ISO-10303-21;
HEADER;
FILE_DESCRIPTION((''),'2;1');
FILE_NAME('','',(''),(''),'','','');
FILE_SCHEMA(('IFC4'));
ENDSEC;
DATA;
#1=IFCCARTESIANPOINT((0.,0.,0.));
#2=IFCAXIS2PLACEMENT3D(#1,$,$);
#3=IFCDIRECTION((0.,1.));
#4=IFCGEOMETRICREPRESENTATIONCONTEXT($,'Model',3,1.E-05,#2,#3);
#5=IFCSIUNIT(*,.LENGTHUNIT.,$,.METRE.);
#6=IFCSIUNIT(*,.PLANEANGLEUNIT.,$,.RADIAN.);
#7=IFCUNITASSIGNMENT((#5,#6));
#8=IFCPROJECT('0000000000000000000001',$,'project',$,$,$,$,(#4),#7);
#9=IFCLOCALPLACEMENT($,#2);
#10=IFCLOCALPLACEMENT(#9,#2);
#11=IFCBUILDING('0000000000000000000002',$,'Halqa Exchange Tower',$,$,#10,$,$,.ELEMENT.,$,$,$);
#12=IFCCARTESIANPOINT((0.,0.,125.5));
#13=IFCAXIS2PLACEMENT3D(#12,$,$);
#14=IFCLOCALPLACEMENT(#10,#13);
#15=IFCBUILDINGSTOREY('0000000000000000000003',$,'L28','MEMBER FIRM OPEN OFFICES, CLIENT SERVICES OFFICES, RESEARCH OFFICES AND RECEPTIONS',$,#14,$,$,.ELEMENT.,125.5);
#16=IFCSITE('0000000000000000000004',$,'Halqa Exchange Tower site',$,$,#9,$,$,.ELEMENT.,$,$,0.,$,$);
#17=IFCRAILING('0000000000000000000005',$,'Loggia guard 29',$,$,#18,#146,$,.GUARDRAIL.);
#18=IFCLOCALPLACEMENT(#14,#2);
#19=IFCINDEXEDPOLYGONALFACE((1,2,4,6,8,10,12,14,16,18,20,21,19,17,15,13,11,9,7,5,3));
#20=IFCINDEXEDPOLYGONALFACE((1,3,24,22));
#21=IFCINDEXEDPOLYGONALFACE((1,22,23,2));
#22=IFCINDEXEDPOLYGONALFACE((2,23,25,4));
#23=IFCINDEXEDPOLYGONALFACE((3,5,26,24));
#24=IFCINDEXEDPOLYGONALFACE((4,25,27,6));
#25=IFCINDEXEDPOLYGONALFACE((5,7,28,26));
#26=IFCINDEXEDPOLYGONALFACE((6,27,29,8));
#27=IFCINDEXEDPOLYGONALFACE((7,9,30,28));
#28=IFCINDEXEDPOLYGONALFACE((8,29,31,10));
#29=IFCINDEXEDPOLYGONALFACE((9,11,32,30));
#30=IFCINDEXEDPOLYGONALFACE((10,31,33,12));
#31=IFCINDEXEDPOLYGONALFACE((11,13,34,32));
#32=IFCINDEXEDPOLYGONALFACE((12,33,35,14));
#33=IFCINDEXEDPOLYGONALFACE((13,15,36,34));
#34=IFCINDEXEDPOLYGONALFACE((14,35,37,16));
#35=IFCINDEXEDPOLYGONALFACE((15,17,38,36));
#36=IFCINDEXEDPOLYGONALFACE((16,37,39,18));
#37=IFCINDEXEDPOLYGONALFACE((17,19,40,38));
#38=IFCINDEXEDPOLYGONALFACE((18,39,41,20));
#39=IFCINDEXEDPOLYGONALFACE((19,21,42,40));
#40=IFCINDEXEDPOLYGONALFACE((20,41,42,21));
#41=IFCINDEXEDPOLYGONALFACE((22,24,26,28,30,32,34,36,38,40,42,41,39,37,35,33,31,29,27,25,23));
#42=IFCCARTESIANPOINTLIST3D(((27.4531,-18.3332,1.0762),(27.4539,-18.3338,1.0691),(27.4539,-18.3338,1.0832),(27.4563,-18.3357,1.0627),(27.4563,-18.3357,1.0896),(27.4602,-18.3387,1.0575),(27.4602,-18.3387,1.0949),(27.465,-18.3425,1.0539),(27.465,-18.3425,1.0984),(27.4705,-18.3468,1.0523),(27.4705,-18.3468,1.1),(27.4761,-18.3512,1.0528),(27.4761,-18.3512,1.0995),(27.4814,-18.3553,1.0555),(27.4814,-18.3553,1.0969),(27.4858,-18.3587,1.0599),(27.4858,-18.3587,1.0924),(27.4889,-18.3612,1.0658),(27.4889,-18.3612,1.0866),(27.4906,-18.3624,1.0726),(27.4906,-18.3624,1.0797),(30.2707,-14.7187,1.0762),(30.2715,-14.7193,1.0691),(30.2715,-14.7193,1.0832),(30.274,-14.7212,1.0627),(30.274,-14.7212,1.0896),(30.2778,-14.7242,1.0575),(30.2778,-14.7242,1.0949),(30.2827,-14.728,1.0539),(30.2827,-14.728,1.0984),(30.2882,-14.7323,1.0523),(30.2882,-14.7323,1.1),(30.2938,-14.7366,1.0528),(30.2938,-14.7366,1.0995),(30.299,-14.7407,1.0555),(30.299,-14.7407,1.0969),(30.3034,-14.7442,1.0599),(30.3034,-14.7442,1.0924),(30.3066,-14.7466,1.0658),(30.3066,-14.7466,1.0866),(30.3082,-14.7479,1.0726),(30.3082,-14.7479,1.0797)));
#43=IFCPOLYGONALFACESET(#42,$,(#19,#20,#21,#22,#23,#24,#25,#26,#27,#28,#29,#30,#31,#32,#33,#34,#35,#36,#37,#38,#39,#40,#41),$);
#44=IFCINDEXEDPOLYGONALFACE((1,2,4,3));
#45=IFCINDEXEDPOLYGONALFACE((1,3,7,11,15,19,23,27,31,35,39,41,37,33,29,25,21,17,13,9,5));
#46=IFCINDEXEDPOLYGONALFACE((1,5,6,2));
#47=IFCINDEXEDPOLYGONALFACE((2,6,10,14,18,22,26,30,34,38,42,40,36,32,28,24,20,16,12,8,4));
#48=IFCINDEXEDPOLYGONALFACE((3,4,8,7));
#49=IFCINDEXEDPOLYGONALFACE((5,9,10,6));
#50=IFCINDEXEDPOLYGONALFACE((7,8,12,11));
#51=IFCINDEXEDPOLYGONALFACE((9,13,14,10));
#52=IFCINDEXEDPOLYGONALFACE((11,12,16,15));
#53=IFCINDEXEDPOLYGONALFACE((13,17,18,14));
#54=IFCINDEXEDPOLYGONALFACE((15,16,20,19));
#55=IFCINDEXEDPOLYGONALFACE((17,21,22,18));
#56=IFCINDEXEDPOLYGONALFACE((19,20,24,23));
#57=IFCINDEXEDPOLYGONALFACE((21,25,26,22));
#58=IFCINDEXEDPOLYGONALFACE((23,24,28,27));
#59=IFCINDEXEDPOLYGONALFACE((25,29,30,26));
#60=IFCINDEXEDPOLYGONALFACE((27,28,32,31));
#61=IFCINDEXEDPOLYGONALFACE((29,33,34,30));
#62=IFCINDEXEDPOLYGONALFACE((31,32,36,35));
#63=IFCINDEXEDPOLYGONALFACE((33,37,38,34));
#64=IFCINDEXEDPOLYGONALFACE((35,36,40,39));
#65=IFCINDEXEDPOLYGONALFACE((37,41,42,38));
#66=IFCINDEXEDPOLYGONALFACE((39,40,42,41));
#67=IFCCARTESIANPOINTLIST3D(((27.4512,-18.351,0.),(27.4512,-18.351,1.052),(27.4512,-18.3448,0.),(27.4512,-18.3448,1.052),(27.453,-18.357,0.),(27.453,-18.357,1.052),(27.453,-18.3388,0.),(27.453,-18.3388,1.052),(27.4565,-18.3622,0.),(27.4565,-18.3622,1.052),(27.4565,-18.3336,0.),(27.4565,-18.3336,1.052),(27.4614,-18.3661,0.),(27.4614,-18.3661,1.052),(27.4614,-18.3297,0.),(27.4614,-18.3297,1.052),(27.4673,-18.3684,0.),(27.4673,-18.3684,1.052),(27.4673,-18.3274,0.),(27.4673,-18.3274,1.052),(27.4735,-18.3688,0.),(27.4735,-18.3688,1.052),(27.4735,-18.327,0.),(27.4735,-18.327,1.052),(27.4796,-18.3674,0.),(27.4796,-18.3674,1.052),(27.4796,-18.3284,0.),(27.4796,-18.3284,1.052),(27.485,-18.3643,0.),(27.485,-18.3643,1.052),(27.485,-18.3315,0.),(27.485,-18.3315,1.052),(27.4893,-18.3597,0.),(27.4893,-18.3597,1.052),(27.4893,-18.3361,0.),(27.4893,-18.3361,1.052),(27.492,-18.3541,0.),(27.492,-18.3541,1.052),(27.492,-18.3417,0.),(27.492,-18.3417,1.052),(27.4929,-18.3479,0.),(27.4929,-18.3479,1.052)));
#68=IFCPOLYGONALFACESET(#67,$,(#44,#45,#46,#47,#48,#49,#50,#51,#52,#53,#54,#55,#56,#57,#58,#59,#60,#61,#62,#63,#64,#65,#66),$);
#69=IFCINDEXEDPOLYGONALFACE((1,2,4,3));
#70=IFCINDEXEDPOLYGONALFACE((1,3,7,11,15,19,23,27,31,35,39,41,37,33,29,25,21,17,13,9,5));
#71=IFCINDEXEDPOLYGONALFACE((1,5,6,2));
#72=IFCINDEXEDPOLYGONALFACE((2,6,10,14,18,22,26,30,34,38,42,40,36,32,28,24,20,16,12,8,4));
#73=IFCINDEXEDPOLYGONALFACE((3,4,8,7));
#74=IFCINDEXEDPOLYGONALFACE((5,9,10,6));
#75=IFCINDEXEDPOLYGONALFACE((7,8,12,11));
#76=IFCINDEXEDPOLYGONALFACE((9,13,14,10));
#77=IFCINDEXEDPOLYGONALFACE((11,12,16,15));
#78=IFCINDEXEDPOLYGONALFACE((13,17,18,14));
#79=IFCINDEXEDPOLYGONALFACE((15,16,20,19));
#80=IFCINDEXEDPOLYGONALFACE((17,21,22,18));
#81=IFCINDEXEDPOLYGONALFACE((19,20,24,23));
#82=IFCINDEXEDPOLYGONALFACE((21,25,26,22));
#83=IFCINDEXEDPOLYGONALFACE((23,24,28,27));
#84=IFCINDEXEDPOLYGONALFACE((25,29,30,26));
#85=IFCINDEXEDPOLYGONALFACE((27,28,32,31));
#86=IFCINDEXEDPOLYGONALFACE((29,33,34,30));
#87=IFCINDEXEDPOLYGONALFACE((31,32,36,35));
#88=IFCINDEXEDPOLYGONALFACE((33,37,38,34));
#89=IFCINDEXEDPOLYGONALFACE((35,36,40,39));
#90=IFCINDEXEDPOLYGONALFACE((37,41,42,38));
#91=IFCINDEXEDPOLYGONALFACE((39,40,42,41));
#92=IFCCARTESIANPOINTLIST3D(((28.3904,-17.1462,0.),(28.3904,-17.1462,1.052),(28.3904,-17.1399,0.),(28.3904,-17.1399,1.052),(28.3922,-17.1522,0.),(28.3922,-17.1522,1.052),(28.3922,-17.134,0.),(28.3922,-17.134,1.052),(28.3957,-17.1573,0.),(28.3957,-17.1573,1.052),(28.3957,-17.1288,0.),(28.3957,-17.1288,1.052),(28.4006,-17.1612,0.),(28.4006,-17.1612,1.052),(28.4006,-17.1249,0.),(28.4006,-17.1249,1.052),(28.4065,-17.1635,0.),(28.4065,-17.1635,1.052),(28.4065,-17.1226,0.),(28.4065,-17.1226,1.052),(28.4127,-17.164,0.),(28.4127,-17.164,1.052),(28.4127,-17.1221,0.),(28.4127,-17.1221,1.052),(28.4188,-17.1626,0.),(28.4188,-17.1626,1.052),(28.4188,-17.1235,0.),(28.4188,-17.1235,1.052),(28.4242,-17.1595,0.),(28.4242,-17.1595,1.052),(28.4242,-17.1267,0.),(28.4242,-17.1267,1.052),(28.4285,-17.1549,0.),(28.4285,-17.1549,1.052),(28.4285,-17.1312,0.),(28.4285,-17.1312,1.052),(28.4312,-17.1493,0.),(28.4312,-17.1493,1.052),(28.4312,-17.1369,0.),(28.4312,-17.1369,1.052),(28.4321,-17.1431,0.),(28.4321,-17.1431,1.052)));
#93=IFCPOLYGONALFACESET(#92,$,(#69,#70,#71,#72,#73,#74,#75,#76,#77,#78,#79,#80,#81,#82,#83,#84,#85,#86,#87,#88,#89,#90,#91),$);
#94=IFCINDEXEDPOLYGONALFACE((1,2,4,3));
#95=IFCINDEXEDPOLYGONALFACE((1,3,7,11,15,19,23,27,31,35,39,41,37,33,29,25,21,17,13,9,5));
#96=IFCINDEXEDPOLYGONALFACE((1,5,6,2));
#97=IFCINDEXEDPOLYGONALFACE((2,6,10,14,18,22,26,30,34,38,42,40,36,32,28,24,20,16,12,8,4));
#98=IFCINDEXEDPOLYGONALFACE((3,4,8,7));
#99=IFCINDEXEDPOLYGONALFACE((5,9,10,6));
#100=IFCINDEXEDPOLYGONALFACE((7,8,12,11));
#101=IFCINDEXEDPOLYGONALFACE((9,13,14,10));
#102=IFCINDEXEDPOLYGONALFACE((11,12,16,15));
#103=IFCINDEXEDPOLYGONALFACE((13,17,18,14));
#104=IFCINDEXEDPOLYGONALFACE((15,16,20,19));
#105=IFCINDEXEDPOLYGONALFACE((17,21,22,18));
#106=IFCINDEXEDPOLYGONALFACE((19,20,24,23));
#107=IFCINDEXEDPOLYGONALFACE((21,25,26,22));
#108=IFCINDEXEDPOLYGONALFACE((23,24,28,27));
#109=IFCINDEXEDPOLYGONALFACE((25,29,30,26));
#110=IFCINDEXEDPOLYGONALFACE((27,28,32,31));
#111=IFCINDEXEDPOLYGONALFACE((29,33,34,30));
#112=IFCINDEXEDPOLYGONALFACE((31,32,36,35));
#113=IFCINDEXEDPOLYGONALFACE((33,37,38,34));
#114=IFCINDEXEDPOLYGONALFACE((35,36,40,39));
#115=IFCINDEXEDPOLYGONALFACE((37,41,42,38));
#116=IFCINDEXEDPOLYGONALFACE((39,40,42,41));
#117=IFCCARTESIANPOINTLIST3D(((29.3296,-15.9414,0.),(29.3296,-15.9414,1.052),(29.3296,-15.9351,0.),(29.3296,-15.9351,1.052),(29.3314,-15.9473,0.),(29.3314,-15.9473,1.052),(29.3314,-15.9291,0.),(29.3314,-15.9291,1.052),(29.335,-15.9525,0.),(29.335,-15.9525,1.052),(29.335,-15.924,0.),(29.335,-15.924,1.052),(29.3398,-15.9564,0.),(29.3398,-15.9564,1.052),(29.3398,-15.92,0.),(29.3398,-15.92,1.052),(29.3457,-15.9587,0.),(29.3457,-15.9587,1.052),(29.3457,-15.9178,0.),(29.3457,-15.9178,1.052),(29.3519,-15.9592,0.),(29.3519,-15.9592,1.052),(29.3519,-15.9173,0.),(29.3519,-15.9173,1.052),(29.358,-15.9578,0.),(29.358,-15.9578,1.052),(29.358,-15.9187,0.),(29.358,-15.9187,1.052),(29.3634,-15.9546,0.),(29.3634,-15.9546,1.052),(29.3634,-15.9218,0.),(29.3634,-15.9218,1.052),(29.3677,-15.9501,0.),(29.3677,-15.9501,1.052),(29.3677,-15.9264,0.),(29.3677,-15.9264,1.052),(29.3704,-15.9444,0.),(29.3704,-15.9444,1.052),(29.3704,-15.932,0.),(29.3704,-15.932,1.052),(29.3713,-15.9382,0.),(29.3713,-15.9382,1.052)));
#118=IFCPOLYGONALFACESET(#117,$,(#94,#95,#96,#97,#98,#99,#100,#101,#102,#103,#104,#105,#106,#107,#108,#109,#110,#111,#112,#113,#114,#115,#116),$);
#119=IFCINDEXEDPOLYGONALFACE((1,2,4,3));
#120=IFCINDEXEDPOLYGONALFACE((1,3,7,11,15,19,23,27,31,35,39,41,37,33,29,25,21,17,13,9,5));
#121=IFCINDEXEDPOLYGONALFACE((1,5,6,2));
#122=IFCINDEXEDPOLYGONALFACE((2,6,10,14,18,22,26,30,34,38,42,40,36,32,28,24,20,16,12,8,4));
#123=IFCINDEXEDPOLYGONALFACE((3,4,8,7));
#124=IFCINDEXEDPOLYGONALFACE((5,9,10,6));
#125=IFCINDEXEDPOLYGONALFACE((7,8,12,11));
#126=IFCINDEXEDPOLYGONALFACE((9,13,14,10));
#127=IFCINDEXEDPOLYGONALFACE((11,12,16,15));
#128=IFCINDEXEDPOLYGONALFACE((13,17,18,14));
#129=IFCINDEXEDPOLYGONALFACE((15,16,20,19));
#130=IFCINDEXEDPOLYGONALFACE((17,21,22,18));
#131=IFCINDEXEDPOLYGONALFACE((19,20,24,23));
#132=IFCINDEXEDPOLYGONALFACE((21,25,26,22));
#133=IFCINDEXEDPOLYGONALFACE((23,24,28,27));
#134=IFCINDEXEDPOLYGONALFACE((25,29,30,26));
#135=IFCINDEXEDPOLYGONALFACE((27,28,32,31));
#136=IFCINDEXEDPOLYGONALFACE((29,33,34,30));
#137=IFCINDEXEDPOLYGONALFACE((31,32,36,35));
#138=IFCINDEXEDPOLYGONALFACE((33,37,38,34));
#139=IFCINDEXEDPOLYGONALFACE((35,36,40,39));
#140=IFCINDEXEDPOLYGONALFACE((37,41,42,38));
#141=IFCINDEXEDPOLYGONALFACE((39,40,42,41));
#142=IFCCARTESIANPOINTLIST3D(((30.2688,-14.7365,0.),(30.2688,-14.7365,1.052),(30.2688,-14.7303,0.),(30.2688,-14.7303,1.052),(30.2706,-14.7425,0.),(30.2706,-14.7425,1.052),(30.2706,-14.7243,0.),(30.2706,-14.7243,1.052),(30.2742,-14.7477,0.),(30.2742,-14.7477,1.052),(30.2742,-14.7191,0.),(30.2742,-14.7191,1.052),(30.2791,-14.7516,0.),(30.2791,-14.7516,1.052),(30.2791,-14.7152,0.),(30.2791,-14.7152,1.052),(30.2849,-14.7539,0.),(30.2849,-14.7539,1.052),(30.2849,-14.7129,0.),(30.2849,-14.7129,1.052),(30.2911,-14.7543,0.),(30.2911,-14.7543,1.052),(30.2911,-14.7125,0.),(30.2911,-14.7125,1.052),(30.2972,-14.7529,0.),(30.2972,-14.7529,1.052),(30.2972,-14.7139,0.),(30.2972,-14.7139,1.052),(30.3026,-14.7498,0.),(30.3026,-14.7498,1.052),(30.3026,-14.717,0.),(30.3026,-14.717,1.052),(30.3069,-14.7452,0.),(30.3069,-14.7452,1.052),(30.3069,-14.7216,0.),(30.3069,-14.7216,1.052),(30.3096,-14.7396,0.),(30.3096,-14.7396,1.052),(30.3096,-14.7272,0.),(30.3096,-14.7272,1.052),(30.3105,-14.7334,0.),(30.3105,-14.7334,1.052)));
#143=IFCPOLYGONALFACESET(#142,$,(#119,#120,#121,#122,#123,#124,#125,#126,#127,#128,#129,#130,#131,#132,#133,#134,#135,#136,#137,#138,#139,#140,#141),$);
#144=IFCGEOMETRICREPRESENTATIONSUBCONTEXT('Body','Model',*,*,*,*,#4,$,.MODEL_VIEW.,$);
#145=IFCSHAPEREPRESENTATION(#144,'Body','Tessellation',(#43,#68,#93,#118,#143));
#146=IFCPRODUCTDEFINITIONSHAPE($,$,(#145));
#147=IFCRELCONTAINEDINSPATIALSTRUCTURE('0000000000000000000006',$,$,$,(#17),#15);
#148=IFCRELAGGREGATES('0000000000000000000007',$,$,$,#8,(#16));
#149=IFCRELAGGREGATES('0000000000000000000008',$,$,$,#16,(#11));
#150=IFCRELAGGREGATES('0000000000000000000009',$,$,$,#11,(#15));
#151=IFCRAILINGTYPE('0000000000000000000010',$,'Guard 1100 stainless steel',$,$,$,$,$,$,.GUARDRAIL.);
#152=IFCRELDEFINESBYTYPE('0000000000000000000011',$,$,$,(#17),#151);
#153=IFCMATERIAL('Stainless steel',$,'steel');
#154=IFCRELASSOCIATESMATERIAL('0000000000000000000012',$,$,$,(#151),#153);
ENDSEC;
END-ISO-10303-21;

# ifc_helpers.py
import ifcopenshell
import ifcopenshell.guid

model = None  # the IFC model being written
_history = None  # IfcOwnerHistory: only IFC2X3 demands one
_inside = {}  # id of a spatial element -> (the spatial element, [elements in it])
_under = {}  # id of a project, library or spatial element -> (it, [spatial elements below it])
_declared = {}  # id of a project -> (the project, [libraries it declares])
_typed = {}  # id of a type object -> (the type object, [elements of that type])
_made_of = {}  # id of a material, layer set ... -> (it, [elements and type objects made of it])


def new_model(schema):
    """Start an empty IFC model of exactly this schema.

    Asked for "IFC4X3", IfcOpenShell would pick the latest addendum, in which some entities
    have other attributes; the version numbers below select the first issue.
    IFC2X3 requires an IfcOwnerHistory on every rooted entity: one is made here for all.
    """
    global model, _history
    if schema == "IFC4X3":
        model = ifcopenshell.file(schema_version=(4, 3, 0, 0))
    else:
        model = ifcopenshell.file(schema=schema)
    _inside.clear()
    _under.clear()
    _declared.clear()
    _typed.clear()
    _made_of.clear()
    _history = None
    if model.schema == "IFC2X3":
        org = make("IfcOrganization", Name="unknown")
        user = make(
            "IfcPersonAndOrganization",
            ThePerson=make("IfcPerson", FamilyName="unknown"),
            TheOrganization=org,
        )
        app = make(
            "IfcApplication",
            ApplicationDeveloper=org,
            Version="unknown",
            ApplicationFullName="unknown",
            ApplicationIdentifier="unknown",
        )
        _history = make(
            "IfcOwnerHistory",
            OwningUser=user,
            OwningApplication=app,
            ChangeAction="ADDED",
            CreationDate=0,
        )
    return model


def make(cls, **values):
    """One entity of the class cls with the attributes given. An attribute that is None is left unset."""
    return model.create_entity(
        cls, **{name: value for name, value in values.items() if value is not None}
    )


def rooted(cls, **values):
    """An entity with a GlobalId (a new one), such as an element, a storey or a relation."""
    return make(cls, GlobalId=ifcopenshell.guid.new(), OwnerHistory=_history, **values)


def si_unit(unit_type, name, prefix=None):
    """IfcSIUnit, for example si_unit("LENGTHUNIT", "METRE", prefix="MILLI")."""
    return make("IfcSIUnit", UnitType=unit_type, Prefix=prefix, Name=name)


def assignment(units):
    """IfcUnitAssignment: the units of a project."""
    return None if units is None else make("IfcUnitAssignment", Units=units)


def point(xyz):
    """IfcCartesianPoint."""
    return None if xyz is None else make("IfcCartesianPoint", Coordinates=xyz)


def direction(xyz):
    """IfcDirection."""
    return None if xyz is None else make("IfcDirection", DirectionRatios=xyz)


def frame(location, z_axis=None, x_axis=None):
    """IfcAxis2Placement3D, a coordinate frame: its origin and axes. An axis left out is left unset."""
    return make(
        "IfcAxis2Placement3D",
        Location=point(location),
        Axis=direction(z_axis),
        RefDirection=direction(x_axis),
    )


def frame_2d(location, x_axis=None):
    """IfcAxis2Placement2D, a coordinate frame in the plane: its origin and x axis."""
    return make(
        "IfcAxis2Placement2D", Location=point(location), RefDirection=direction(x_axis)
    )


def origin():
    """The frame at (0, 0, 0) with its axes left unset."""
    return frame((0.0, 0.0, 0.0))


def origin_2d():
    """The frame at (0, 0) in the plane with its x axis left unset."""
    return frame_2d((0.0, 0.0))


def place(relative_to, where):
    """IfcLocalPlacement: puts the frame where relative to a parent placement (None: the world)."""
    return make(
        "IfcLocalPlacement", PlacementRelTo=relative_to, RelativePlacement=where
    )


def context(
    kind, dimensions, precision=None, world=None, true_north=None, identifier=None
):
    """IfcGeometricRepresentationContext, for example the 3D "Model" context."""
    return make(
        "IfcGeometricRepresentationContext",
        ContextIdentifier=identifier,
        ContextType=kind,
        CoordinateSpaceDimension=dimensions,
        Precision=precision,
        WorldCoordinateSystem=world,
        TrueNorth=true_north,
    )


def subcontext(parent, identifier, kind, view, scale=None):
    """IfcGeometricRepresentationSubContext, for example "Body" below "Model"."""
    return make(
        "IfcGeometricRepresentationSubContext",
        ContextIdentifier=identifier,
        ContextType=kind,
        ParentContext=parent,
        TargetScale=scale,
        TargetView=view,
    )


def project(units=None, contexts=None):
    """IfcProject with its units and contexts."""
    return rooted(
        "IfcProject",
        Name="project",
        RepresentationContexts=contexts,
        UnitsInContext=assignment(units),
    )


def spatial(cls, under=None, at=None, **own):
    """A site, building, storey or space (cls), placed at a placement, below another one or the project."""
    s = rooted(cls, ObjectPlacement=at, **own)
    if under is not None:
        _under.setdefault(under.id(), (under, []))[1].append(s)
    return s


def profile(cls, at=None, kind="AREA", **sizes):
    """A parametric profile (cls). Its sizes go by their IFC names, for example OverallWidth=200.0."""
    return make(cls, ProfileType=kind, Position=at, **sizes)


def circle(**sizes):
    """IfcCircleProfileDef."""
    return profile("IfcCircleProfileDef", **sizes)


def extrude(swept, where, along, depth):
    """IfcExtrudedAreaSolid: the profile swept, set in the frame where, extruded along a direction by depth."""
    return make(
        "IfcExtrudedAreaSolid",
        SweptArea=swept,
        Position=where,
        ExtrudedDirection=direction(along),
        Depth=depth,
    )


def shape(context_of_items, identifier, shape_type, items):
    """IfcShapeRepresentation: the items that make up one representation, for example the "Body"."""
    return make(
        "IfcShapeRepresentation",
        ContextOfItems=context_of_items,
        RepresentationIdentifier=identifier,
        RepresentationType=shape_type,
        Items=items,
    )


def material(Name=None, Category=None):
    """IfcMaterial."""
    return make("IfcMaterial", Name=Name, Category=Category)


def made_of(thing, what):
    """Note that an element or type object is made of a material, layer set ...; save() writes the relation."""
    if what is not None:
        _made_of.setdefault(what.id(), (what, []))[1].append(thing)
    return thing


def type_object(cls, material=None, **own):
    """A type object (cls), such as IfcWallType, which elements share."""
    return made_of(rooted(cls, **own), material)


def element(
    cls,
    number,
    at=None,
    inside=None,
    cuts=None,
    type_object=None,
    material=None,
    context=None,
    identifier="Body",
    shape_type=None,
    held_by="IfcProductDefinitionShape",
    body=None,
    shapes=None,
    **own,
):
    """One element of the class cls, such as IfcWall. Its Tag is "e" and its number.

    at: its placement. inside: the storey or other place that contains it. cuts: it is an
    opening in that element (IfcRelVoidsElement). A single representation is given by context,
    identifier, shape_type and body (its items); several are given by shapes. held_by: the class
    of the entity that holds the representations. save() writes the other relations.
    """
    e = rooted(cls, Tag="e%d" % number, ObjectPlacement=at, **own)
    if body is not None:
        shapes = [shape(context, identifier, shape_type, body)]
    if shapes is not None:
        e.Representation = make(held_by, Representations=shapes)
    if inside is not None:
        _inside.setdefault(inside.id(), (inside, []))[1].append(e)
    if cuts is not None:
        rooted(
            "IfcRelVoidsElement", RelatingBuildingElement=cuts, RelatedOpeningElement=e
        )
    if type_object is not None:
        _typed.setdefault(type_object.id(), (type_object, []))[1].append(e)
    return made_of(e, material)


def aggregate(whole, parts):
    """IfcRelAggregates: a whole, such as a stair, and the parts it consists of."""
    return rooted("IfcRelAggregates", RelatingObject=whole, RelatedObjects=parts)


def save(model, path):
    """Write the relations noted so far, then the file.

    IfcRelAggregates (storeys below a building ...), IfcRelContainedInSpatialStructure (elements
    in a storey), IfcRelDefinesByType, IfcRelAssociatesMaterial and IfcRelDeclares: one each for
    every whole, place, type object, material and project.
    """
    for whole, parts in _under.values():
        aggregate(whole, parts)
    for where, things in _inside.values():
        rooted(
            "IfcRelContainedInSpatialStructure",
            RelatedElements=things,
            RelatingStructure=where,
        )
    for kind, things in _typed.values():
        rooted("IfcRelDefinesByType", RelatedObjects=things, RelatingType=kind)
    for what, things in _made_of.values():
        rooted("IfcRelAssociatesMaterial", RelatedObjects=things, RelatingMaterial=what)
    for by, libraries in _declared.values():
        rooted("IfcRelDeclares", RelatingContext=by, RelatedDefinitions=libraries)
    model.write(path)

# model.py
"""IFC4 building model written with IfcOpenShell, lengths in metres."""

from ifc_helpers import new_model, si_unit, direction, frame, origin, origin_2d, place, context, subcontext, project, spatial, circle, extrude, material, type_object, element, save


model = new_model("IFC4")

# Units and contexts
model_context = context("Model", 3, precision=1e-05, world=origin(), true_north=direction((0.0, 1.0)))
body_context = subcontext(model_context, "Body", "Model", "MODEL_VIEW")
ifc_project = project(units=[si_unit("LENGTHUNIT", "METRE"), si_unit("PLANEANGLEUNIT", "RADIAN")], contexts=[model_context])

# Site, building, storey
site_placement = place(None, origin())
site = spatial("IfcSite", under=ifc_project, at=site_placement, Name="Halqa Exchange Tower site", CompositionType="ELEMENT", RefElevation=0.0)
building_placement = place(site_placement, origin())
building = spatial("IfcBuilding", under=site, at=building_placement, Name="Halqa Exchange Tower", CompositionType="ELEMENT")
storey_placement = place(building_placement, frame((0.0, 0.0, 125.5)))
storey = spatial("IfcBuildingStorey", under=building, at=storey_placement, Name="L28", Description="MEMBER FIRM OPEN OFFICES, CLIENT SERVICES OFFICES, RESEARCH OFFICES AND RECEPTIONS", CompositionType="ELEMENT", Elevation=125.5)

# Railing
ifc_material_1 = material(Name="Stainless steel", Category="steel")
railing_type = type_object("IfcRailingType", Name="Guard 1100 stainless steel", PredefinedType="GUARDRAIL", material=ifc_material_1)
railing_1_placement = place(storey_placement, frame((27.4719, -18.3479, 0.0)))
element("IfcRailing", 1, at=railing_1_placement, inside=storey, type_object=railing_type, Name="Loggia guard 29", PredefinedType="GUARDRAIL", context=body_context, shape_type="SweptSolid", body=[
    extrude(circle(Radius=0.0239, at=origin_2d()), frame((0.0, 0.0, 1.0762), z_axis=(0.614803, 0.788681, 0.0), x_axis=(-0.788681, 0.614803, 0.0)), (0.0, 0.0, 1.0), 4.583),
    extrude(circle(Radius=0.021, at=origin_2d()), origin(), (0.0, 0.0, 1.0), 1.052),
    extrude(circle(Radius=0.021, at=origin_2d()), frame((0.9392, 1.2048, 0.0)), (0.0, 0.0, 1.0), 1.052),
    extrude(circle(Radius=0.021, at=origin_2d()), frame((1.8784, 2.4097, 0.0)), (0.0, 0.0, 1.0), 1.052),
    extrude(circle(Radius=0.021, at=origin_2d()), frame((2.8176, 3.6145, 0.0)), (0.0, 0.0, 1.0), 1.052),
])

save(model, "model.ifc")
